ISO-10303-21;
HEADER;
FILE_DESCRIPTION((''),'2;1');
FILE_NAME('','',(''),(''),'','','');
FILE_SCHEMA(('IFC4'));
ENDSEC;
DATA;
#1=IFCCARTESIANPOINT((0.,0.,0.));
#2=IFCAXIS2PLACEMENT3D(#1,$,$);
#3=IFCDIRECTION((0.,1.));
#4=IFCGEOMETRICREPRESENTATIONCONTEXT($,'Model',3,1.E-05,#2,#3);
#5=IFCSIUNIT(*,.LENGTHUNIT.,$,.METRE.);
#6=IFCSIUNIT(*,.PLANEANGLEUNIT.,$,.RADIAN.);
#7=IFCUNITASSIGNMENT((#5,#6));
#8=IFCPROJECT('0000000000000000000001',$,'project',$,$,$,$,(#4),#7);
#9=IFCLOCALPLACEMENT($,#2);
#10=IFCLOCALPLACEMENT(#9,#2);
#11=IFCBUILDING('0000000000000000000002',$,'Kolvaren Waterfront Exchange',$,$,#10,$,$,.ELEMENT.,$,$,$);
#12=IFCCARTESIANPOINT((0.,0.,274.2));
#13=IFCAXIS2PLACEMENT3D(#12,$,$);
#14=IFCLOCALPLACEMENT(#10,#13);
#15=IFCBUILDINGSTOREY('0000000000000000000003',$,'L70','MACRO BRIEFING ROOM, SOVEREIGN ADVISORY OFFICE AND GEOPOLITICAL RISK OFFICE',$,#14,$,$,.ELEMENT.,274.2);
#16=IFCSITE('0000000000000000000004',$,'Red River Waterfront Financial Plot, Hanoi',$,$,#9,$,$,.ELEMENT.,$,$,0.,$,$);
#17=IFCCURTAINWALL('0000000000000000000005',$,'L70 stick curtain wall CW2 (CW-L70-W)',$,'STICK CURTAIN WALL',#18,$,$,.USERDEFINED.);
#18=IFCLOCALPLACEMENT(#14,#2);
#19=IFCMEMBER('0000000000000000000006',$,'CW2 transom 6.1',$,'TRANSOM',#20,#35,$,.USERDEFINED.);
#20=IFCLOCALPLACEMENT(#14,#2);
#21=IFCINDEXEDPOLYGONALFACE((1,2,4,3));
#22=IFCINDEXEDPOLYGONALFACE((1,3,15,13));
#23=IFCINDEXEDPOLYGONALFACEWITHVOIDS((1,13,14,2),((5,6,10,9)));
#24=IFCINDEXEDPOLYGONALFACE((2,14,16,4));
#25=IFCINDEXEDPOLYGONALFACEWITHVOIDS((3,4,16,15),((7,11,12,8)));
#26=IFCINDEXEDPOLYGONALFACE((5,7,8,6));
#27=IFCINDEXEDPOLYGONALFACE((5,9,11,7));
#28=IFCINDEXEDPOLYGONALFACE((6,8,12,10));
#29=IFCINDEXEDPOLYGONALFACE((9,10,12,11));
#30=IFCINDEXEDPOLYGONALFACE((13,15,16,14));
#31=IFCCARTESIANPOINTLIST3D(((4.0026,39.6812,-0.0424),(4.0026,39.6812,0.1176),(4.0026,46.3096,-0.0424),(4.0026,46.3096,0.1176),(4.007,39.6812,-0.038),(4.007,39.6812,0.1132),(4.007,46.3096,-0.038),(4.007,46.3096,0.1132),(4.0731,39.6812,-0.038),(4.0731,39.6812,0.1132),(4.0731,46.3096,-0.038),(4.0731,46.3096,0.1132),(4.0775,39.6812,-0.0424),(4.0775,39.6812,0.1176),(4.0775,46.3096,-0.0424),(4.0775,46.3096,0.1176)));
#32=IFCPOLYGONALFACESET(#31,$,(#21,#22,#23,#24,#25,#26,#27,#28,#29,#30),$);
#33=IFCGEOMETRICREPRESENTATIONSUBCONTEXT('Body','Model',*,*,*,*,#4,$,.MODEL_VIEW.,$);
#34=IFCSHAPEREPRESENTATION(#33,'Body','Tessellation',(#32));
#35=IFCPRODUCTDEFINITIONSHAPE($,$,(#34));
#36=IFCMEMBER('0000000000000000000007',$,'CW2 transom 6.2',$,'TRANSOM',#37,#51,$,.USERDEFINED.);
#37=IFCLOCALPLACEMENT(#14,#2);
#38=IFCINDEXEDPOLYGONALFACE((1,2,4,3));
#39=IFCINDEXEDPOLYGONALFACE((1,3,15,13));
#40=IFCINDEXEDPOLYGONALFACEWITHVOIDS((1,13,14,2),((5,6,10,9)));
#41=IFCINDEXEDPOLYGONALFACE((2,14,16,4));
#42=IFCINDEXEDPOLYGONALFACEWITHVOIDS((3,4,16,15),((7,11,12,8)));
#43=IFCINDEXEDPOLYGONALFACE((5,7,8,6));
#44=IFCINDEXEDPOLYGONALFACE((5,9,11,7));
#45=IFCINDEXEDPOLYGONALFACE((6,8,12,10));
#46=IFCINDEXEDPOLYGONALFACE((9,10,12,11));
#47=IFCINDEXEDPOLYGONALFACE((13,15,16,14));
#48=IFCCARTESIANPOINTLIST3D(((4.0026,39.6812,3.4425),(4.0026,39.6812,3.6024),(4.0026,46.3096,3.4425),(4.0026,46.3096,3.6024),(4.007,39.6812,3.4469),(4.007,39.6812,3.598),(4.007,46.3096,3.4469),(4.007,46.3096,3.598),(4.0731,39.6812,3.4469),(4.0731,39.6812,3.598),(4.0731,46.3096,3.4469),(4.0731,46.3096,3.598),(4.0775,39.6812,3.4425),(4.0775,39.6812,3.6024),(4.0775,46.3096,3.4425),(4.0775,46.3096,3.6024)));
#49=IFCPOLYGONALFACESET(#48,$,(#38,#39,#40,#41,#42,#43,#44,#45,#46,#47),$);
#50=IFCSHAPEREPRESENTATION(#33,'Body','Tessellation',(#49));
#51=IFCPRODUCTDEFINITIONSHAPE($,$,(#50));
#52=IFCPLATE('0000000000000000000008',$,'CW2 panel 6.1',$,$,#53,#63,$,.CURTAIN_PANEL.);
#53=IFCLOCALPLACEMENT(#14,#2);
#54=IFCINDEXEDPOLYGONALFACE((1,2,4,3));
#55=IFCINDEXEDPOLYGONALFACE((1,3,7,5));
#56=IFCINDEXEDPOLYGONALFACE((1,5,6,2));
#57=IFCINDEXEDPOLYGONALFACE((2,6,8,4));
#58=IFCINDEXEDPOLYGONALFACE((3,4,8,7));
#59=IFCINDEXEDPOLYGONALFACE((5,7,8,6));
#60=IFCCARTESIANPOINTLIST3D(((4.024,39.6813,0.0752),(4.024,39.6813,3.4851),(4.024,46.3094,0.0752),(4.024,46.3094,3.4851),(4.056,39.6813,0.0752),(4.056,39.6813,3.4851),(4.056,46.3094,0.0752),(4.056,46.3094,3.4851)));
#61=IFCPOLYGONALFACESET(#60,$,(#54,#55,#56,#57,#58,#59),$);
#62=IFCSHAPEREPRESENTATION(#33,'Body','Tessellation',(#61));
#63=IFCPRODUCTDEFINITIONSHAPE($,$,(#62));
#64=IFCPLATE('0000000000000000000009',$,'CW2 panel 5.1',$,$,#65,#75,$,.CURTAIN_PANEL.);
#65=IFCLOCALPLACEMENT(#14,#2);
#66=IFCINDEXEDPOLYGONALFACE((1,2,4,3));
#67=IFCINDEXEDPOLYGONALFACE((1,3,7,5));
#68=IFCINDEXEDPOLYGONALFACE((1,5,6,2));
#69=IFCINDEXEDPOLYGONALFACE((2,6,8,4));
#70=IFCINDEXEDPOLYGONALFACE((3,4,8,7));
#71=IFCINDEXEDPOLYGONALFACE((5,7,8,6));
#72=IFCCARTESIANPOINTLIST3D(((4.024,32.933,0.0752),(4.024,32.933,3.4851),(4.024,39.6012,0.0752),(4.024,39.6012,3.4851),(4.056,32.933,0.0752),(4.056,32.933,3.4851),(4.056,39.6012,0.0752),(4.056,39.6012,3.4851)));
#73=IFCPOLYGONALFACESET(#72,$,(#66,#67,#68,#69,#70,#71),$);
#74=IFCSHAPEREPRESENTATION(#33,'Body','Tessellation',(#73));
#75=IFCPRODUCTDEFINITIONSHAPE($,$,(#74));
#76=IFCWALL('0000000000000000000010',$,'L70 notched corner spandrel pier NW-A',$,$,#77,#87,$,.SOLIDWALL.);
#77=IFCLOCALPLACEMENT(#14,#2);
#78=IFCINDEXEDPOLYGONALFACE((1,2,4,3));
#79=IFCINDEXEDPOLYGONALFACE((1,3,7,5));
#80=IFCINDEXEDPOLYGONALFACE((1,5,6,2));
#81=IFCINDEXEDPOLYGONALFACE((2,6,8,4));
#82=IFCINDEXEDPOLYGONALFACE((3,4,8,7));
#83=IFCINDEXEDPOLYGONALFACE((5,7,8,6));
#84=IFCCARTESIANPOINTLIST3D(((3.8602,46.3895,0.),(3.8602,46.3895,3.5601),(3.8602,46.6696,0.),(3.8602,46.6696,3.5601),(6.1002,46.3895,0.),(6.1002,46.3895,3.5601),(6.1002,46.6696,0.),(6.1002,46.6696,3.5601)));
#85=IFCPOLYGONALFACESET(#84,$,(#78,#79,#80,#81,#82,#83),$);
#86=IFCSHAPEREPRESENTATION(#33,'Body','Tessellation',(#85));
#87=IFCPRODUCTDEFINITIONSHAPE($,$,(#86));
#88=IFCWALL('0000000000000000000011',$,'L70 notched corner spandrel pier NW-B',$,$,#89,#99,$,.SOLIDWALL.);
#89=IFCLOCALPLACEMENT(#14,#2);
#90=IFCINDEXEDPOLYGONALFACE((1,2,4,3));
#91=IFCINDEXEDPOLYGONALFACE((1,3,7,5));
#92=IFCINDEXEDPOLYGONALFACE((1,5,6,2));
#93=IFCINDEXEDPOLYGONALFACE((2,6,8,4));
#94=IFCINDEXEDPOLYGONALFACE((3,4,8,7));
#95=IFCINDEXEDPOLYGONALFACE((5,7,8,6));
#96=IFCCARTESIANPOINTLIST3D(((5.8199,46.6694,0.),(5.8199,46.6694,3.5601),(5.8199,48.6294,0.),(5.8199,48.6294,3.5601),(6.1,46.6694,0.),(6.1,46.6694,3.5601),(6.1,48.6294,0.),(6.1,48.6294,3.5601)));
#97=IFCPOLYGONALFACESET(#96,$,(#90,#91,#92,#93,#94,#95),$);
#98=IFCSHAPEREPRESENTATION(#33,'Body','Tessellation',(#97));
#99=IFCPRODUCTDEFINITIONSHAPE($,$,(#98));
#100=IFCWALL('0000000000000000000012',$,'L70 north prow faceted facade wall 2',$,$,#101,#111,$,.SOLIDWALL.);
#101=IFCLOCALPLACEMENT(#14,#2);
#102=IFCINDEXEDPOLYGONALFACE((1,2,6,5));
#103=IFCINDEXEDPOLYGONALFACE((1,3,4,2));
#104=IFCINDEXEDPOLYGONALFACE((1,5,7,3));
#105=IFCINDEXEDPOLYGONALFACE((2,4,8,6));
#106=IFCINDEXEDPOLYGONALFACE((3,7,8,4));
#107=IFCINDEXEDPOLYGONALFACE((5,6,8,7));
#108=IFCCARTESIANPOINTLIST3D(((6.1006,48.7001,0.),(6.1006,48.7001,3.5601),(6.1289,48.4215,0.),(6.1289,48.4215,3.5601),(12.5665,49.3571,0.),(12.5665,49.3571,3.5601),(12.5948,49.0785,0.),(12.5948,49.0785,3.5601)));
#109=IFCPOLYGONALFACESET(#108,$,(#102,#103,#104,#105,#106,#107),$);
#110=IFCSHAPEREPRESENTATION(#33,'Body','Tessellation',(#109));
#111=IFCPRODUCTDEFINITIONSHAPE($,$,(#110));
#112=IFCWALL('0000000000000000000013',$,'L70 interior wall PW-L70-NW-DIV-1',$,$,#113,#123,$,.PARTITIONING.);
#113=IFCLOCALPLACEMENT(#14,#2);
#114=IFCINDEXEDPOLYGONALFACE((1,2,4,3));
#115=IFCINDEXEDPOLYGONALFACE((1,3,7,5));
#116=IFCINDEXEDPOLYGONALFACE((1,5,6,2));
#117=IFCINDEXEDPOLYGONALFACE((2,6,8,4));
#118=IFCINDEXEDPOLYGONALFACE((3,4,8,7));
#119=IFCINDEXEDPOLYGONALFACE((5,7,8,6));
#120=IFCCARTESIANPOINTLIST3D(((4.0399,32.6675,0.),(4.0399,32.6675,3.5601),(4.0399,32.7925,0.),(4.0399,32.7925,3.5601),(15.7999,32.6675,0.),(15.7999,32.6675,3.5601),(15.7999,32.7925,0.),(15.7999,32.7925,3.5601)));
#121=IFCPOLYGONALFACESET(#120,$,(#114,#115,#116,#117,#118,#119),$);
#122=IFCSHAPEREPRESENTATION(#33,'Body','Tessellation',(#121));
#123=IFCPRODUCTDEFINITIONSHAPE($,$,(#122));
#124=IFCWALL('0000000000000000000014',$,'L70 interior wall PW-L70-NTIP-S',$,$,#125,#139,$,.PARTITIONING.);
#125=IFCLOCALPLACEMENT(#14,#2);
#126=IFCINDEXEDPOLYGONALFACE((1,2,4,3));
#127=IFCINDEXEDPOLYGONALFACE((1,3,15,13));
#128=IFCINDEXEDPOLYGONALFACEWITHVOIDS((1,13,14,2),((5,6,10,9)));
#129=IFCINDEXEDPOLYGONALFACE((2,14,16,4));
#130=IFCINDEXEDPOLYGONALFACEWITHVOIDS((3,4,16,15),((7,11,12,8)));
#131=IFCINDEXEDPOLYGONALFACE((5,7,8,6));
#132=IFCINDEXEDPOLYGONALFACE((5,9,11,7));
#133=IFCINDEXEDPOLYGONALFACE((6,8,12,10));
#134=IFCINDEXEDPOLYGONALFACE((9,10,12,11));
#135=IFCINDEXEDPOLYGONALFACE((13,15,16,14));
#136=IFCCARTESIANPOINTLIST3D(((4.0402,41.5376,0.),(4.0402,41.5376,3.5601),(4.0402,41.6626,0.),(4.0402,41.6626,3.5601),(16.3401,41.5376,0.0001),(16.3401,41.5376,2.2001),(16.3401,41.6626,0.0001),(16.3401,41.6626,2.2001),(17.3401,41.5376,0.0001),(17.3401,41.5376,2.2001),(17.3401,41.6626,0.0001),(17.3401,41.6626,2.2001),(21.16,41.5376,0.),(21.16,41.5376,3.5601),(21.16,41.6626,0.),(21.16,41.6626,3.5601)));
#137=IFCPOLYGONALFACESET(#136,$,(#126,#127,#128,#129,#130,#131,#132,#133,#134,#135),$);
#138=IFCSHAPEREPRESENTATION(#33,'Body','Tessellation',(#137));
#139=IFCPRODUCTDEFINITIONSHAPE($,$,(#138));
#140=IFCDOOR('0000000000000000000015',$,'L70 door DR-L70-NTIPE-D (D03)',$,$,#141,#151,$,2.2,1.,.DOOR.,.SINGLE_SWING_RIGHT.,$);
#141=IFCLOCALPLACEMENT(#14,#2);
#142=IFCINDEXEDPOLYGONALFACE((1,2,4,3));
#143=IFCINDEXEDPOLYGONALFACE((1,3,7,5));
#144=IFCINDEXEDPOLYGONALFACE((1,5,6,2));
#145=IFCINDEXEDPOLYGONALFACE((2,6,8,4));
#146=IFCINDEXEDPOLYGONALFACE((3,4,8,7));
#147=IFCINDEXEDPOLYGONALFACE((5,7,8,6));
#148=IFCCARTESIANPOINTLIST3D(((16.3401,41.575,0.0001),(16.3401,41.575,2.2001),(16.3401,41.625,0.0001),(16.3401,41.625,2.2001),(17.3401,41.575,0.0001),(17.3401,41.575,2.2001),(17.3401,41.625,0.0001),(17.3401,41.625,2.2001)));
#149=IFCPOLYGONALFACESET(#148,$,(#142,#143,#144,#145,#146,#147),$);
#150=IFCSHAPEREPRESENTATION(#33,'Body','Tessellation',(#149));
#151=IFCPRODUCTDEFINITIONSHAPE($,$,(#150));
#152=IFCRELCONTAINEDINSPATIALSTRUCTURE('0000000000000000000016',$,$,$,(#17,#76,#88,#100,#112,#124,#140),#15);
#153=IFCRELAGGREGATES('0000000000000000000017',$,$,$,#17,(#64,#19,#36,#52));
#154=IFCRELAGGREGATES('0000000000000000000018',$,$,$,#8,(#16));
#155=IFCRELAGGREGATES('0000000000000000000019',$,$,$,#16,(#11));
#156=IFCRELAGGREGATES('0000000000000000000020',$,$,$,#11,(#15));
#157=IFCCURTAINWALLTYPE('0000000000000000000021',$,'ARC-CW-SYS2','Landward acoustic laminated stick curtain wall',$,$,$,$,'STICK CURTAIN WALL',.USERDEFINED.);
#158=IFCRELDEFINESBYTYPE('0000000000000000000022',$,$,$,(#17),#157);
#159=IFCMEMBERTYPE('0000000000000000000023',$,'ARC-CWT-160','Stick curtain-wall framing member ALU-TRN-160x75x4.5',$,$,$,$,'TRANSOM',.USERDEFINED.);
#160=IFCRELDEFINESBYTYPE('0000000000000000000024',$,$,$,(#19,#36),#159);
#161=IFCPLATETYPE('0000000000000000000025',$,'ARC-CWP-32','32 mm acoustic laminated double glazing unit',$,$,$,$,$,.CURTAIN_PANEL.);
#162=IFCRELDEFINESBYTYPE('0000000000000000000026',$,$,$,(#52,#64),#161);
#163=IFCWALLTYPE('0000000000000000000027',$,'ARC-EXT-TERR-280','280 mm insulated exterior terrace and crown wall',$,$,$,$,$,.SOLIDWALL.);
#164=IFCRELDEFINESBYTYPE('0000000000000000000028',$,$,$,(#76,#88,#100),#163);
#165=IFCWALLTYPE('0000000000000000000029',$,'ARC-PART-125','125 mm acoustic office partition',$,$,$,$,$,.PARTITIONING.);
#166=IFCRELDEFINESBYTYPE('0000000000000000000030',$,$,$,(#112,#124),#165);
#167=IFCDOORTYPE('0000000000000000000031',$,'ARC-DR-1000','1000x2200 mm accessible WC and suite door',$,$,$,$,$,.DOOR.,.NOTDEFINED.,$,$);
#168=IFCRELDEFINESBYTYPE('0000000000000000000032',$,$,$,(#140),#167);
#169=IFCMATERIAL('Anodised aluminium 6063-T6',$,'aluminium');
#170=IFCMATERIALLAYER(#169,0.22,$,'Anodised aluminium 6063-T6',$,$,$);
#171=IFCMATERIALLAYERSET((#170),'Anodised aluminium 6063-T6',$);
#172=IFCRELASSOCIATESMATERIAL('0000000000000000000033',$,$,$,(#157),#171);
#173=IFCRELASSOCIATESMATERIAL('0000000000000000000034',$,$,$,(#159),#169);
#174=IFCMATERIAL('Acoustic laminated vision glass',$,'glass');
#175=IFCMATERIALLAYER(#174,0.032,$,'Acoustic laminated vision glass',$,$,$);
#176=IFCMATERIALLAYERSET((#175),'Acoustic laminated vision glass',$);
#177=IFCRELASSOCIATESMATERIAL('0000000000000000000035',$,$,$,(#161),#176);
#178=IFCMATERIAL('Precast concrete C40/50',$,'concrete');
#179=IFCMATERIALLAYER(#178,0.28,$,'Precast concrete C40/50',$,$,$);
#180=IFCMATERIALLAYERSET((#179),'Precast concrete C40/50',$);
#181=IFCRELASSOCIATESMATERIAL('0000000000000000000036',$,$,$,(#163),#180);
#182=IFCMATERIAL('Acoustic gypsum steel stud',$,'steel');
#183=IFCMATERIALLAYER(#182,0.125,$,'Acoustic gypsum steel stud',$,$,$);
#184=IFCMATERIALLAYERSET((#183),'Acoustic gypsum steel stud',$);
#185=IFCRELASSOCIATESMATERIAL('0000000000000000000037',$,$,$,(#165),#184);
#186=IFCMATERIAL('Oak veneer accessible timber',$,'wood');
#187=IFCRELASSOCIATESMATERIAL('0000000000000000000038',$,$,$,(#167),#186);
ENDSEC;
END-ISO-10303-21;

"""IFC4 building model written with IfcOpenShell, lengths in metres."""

from ifc_helpers import new_model, si_unit, direction, frame, frame_2d, origin, origin_with_axes, origin_2d, place, context, subcontext, project, spatial, rectangle, hollow_rectangle, extrude, source, transform, mapped, material, layer, layer_set, material_profile, profile_set, type_object, element, fill, aggregate, save


model = new_model("IFC4")

# Units and contexts
model_context = context("Model", 3, precision=1e-05, world=origin(), true_north=direction((0.0, 1.0)))
body_context = subcontext(model_context, "Body", "Model", "MODEL_VIEW")
ifc_project = project(units=[si_unit("LENGTHUNIT", "METRE"), si_unit("PLANEANGLEUNIT", "RADIAN")], contexts=[model_context])

# Site, building, storey
site_placement = place(None, origin())
site = spatial("IfcSite", under=ifc_project, at=site_placement, Name="Red River Waterfront Financial Plot, Hanoi", CompositionType="ELEMENT", RefElevation=0.0)
building_placement = place(site_placement, origin())
building = spatial("IfcBuilding", under=site, at=building_placement, Name="Kolvaren Waterfront Exchange", CompositionType="ELEMENT")
storey_placement = place(building_placement, frame((0.0, 0.0, 274.2)))
storey = spatial("IfcBuildingStorey", under=building, at=storey_placement, Name="L70", Description="MACRO BRIEFING ROOM, SOVEREIGN ADVISORY OFFICE AND GEOPOLITICAL RISK OFFICE", CompositionType="ELEMENT", Elevation=274.2)

# Curtain wall, members, plates
ifc_material_1 = material(Name="Anodised aluminium 6063-T6", Category="aluminium")
ifc_layer_1 = layer(ifc_material_1, 0.22, Name="Anodised aluminium 6063-T6")
ifc_layer_set_1 = layer_set([ifc_layer_1], Name="Anodised aluminium 6063-T6")
curtain_wall_type = type_object("IfcCurtainWallType", Name="ARC-CW-SYS2", Description="Landward acoustic laminated stick curtain wall", ElementType="STICK CURTAIN WALL", PredefinedType="USERDEFINED", material=ifc_layer_set_1)
curtain_wall_placement = place(storey_placement, origin())
curtain_wall = element("IfcCurtainWall", 1, at=curtain_wall_placement, inside=storey, type_object=curtain_wall_type, Name="L70 stick curtain wall CW2 (CW-L70-W)", ObjectType="STICK CURTAIN WALL", PredefinedType="USERDEFINED")
ifc_material_profile_1 = material_profile(ifc_material_1, hollow_rectangle(XDim=0.075, YDim=0.1599, WallThickness=0.0044, at=origin_2d()), Name="ALU-TRN-160x75x4.5")
ifc_profile_set_1 = profile_set([ifc_material_profile_1], Name="Anodised aluminium 6063-T6")
member_type_1 = type_object("IfcMemberType", Name="ARC-CWT-160", Description="Stick curtain-wall framing member ALU-TRN-160x75x4.5", ElementType="TRANSOM", PredefinedType="USERDEFINED", material=ifc_profile_set_1)
shared_shape_1 = source(origin_with_axes(), body_context, "Body", "SweptSolid", [
    extrude(hollow_rectangle(XDim=0.075, YDim=0.1599, WallThickness=0.0044, at=origin_2d()), origin(), (0.0, 0.0, 1.0), 6.6284),
])
member_1_placement = place(storey_placement, frame((4.04, 39.6812, 0.0376), z_axis=(0.0, 1.0, 0.0), x_axis=(-1.0, 0.0, 0.0)))
member_1 = element("IfcMember", 2, at=member_1_placement, type_object=member_type_1, Name="CW2 transom 6.1", ObjectType="TRANSOM", PredefinedType="USERDEFINED", context=body_context, shape_type="MappedRepresentation", body=[
    mapped(shared_shape_1, transform((0.0, 0.0, 0.0), x_axis=(1.0, 0.0, 0.0), y_axis=(0.0, 1.0, 0.0), z_axis=(0.0, 0.0, 1.0), scale=1.0)),
])
member_2_placement = place(storey_placement, frame((4.04, 39.6812, 3.5225), z_axis=(0.0, 1.0, 0.0), x_axis=(-1.0, 0.0, 0.0)))
member_2 = element("IfcMember", 3, at=member_2_placement, type_object=member_type_1, Name="CW2 transom 6.2", ObjectType="TRANSOM", PredefinedType="USERDEFINED", context=body_context, shape_type="MappedRepresentation", body=[
    mapped(shared_shape_1, transform((0.0, 0.0, 0.0), x_axis=(1.0, 0.0, 0.0), y_axis=(0.0, 1.0, 0.0), z_axis=(0.0, 0.0, 1.0), scale=1.0)),
])
ifc_material_2 = material(Name="Acoustic laminated vision glass", Category="glass")
ifc_layer_2 = layer(ifc_material_2, 0.032, Name="Acoustic laminated vision glass")
ifc_layer_set_2 = layer_set([ifc_layer_2], Name="Acoustic laminated vision glass")
plate_type = type_object("IfcPlateType", Name="ARC-CWP-32", Description="32 mm acoustic laminated double glazing unit", PredefinedType="CURTAIN_PANEL", material=ifc_layer_set_2)
shared_shape_2 = source(origin_with_axes(), body_context, "Body", "SweptSolid", [
    extrude(rectangle(XDim=6.6282, YDim=0.032, at=origin_2d()), origin(), (0.0, 0.0, 1.0), 3.4099),
])
plate_1_placement = place(storey_placement, frame((4.04, 42.9954, 0.0752), z_axis=(0.0, 0.0, 1.0), x_axis=(0.0, 1.0, 0.0)))
plate_1 = element("IfcPlate", 4, at=plate_1_placement, type_object=plate_type, Name="CW2 panel 6.1", PredefinedType="CURTAIN_PANEL", context=body_context, shape_type="MappedRepresentation", body=[
    mapped(shared_shape_2, transform((0.0, 0.0, 0.0), x_axis=(1.0, 0.0, 0.0), y_axis=(0.0, 1.0, 0.0), z_axis=(0.0, 0.0, 1.0), scale=1.0)),
])
shared_shape_3 = source(origin_with_axes(), body_context, "Body", "SweptSolid", [
    extrude(rectangle(XDim=6.6682, YDim=0.032, at=origin_2d()), origin(), (0.0, 0.0, 1.0), 3.4099),
])
plate_2_placement = place(storey_placement, frame((4.04, 36.2671, 0.0752), z_axis=(0.0, 0.0, 1.0), x_axis=(0.0, 1.0, 0.0)))
plate_2 = element("IfcPlate", 5, at=plate_2_placement, type_object=plate_type, Name="CW2 panel 5.1", PredefinedType="CURTAIN_PANEL", context=body_context, shape_type="MappedRepresentation", body=[
    mapped(shared_shape_3, transform((0.0, 0.0, 0.0), x_axis=(1.0, 0.0, 0.0), y_axis=(0.0, 1.0, 0.0), z_axis=(0.0, 0.0, 1.0), scale=1.0)),
])
aggregate(curtain_wall, [plate_2, member_1, member_2, plate_1])

# Walls
ifc_material_3 = material(Name="Precast concrete C40/50", Category="concrete")
ifc_layer_3 = layer(ifc_material_3, 0.28, Name="Precast concrete C40/50")
ifc_layer_set_3 = layer_set([ifc_layer_3], Name="Precast concrete C40/50")
wall_type_1 = type_object("IfcWallType", Name="ARC-EXT-TERR-280", Description="280 mm insulated exterior terrace and crown wall", PredefinedType="SOLIDWALL", material=ifc_layer_set_3)
wall_1_placement = place(storey_placement, frame((3.8601, 46.5295, 0.0), z_axis=(0.0, 0.0, 1.0), x_axis=(1.0, 0.0, 0.0)))
element("IfcWall", 6, at=wall_1_placement, inside=storey, type_object=wall_type_1, Name="L70 notched corner spandrel pier NW-A", PredefinedType="SOLIDWALL", context=body_context, shape_type="SweptSolid", body=[
    extrude(rectangle(XDim=2.24, YDim=0.28, at=frame_2d((1.1201, 0.0))), origin(), (0.0, 0.0, 1.0), 3.5601),
])
wall_2_placement = place(storey_placement, frame((5.96, 46.6694, 0.0), z_axis=(0.0, 0.0, 1.0), x_axis=(0.0, 1.0, 0.0)))
element("IfcWall", 7, at=wall_2_placement, inside=storey, type_object=wall_type_1, Name="L70 notched corner spandrel pier NW-B", PredefinedType="SOLIDWALL", context=body_context, shape_type="SweptSolid", body=[
    extrude(rectangle(XDim=1.96, YDim=0.28, at=frame_2d((0.98, 0.0))), origin(), (0.0, 0.0, 1.0), 3.5601),
])
wall_3_placement = place(storey_placement, frame((12.5806, 49.2178, 0.0), z_axis=(0.0, 0.0, 1.0), x_axis=(-0.994878, -0.101084, 0.0)))
element("IfcWall", 8, at=wall_3_placement, inside=storey, type_object=wall_type_1, Name="L70 north prow faceted facade wall 2", PredefinedType="SOLIDWALL", context=body_context, shape_type="SweptSolid", body=[
    extrude(rectangle(XDim=6.4993, YDim=0.28, at=frame_2d((3.2495, 0.0))), origin(), (0.0, 0.0, 1.0), 3.5601),
])
ifc_material_4 = material(Name="Acoustic gypsum steel stud", Category="steel")
ifc_layer_4 = layer(ifc_material_4, 0.125, Name="Acoustic gypsum steel stud")
ifc_layer_set_4 = layer_set([ifc_layer_4], Name="Acoustic gypsum steel stud")
wall_type_2 = type_object("IfcWallType", Name="ARC-PART-125", Description="125 mm acoustic office partition", PredefinedType="PARTITIONING", material=ifc_layer_set_4)
wall_4_placement = place(storey_placement, frame((4.04, 32.73, 0.0), z_axis=(0.0, 0.0, 1.0), x_axis=(1.0, 0.0, 0.0)))
element("IfcWall", 9, at=wall_4_placement, inside=storey, type_object=wall_type_2, Name="L70 interior wall PW-L70-NW-DIV-1", PredefinedType="PARTITIONING", context=body_context, shape_type="SweptSolid", body=[
    extrude(rectangle(XDim=11.76, YDim=0.125, at=frame_2d((5.8799, 0.0))), origin(), (0.0, 0.0, 1.0), 3.5601),
])

# Wall, opening, door
wall_5_placement = place(storey_placement, frame((4.04, 41.6001, 0.0), z_axis=(0.0, 0.0, 1.0), x_axis=(1.0, 0.0, 0.0)))
wall_5 = element("IfcWall", 10, at=wall_5_placement, inside=storey, type_object=wall_type_2, Name="L70 interior wall PW-L70-NTIP-S", PredefinedType="PARTITIONING", context=body_context, shape_type="SweptSolid", body=[
    extrude(rectangle(XDim=17.1199, YDim=0.125, at=frame_2d((8.5601, 0.0))), origin(), (0.0, 0.0, 1.0), 3.5601),
])
opening_1_placement = place(wall_5_placement, frame((12.3, 0.0, 0.0)))
opening_1 = element("IfcOpeningElement", 11, at=opening_1_placement, cuts=wall_5, PredefinedType="OPENING", context=body_context, shape_type="SweptSolid", body=[
    extrude(rectangle(XDim=1.0, YDim=2.2, at=frame_2d((0.5, 1.1001))), frame((0.0, 0.0725, 0.0), z_axis=(0.0, -1.0, 0.0), x_axis=(1.0, 0.0, 0.0)), (0.0, 0.0, 1.0), 0.145),
])
ifc_material_5 = material(Name="Oak veneer accessible timber", Category="wood")
door_type_1 = type_object("IfcDoorType", Name="ARC-DR-1000", Description="1000x2200 mm accessible WC and suite door", OperationType="NOTDEFINED", PredefinedType="DOOR", material=ifc_material_5)
door_1_placement = place(opening_1_placement, origin())
door_1 = element("IfcDoor", 12, at=door_1_placement, inside=storey, type_object=door_type_1, Name="L70 door DR-L70-NTIPE-D (D03)", OperationType="SINGLE_SWING_RIGHT", OverallHeight=2.2, OverallWidth=1.0, PredefinedType="DOOR", context=body_context, shape_type="SweptSolid", body=[
    extrude(rectangle(XDim=1.0, YDim=2.2, at=frame_2d((0.5, 1.1001))), frame((0.0, 0.0249, 0.0), z_axis=(0.0, -1.0, 0.0), x_axis=(1.0, 0.0, 0.0)), (0.0, 0.0, 1.0), 0.05),
])
fill(opening_1, door_1)

save(model, "model.ifc")
